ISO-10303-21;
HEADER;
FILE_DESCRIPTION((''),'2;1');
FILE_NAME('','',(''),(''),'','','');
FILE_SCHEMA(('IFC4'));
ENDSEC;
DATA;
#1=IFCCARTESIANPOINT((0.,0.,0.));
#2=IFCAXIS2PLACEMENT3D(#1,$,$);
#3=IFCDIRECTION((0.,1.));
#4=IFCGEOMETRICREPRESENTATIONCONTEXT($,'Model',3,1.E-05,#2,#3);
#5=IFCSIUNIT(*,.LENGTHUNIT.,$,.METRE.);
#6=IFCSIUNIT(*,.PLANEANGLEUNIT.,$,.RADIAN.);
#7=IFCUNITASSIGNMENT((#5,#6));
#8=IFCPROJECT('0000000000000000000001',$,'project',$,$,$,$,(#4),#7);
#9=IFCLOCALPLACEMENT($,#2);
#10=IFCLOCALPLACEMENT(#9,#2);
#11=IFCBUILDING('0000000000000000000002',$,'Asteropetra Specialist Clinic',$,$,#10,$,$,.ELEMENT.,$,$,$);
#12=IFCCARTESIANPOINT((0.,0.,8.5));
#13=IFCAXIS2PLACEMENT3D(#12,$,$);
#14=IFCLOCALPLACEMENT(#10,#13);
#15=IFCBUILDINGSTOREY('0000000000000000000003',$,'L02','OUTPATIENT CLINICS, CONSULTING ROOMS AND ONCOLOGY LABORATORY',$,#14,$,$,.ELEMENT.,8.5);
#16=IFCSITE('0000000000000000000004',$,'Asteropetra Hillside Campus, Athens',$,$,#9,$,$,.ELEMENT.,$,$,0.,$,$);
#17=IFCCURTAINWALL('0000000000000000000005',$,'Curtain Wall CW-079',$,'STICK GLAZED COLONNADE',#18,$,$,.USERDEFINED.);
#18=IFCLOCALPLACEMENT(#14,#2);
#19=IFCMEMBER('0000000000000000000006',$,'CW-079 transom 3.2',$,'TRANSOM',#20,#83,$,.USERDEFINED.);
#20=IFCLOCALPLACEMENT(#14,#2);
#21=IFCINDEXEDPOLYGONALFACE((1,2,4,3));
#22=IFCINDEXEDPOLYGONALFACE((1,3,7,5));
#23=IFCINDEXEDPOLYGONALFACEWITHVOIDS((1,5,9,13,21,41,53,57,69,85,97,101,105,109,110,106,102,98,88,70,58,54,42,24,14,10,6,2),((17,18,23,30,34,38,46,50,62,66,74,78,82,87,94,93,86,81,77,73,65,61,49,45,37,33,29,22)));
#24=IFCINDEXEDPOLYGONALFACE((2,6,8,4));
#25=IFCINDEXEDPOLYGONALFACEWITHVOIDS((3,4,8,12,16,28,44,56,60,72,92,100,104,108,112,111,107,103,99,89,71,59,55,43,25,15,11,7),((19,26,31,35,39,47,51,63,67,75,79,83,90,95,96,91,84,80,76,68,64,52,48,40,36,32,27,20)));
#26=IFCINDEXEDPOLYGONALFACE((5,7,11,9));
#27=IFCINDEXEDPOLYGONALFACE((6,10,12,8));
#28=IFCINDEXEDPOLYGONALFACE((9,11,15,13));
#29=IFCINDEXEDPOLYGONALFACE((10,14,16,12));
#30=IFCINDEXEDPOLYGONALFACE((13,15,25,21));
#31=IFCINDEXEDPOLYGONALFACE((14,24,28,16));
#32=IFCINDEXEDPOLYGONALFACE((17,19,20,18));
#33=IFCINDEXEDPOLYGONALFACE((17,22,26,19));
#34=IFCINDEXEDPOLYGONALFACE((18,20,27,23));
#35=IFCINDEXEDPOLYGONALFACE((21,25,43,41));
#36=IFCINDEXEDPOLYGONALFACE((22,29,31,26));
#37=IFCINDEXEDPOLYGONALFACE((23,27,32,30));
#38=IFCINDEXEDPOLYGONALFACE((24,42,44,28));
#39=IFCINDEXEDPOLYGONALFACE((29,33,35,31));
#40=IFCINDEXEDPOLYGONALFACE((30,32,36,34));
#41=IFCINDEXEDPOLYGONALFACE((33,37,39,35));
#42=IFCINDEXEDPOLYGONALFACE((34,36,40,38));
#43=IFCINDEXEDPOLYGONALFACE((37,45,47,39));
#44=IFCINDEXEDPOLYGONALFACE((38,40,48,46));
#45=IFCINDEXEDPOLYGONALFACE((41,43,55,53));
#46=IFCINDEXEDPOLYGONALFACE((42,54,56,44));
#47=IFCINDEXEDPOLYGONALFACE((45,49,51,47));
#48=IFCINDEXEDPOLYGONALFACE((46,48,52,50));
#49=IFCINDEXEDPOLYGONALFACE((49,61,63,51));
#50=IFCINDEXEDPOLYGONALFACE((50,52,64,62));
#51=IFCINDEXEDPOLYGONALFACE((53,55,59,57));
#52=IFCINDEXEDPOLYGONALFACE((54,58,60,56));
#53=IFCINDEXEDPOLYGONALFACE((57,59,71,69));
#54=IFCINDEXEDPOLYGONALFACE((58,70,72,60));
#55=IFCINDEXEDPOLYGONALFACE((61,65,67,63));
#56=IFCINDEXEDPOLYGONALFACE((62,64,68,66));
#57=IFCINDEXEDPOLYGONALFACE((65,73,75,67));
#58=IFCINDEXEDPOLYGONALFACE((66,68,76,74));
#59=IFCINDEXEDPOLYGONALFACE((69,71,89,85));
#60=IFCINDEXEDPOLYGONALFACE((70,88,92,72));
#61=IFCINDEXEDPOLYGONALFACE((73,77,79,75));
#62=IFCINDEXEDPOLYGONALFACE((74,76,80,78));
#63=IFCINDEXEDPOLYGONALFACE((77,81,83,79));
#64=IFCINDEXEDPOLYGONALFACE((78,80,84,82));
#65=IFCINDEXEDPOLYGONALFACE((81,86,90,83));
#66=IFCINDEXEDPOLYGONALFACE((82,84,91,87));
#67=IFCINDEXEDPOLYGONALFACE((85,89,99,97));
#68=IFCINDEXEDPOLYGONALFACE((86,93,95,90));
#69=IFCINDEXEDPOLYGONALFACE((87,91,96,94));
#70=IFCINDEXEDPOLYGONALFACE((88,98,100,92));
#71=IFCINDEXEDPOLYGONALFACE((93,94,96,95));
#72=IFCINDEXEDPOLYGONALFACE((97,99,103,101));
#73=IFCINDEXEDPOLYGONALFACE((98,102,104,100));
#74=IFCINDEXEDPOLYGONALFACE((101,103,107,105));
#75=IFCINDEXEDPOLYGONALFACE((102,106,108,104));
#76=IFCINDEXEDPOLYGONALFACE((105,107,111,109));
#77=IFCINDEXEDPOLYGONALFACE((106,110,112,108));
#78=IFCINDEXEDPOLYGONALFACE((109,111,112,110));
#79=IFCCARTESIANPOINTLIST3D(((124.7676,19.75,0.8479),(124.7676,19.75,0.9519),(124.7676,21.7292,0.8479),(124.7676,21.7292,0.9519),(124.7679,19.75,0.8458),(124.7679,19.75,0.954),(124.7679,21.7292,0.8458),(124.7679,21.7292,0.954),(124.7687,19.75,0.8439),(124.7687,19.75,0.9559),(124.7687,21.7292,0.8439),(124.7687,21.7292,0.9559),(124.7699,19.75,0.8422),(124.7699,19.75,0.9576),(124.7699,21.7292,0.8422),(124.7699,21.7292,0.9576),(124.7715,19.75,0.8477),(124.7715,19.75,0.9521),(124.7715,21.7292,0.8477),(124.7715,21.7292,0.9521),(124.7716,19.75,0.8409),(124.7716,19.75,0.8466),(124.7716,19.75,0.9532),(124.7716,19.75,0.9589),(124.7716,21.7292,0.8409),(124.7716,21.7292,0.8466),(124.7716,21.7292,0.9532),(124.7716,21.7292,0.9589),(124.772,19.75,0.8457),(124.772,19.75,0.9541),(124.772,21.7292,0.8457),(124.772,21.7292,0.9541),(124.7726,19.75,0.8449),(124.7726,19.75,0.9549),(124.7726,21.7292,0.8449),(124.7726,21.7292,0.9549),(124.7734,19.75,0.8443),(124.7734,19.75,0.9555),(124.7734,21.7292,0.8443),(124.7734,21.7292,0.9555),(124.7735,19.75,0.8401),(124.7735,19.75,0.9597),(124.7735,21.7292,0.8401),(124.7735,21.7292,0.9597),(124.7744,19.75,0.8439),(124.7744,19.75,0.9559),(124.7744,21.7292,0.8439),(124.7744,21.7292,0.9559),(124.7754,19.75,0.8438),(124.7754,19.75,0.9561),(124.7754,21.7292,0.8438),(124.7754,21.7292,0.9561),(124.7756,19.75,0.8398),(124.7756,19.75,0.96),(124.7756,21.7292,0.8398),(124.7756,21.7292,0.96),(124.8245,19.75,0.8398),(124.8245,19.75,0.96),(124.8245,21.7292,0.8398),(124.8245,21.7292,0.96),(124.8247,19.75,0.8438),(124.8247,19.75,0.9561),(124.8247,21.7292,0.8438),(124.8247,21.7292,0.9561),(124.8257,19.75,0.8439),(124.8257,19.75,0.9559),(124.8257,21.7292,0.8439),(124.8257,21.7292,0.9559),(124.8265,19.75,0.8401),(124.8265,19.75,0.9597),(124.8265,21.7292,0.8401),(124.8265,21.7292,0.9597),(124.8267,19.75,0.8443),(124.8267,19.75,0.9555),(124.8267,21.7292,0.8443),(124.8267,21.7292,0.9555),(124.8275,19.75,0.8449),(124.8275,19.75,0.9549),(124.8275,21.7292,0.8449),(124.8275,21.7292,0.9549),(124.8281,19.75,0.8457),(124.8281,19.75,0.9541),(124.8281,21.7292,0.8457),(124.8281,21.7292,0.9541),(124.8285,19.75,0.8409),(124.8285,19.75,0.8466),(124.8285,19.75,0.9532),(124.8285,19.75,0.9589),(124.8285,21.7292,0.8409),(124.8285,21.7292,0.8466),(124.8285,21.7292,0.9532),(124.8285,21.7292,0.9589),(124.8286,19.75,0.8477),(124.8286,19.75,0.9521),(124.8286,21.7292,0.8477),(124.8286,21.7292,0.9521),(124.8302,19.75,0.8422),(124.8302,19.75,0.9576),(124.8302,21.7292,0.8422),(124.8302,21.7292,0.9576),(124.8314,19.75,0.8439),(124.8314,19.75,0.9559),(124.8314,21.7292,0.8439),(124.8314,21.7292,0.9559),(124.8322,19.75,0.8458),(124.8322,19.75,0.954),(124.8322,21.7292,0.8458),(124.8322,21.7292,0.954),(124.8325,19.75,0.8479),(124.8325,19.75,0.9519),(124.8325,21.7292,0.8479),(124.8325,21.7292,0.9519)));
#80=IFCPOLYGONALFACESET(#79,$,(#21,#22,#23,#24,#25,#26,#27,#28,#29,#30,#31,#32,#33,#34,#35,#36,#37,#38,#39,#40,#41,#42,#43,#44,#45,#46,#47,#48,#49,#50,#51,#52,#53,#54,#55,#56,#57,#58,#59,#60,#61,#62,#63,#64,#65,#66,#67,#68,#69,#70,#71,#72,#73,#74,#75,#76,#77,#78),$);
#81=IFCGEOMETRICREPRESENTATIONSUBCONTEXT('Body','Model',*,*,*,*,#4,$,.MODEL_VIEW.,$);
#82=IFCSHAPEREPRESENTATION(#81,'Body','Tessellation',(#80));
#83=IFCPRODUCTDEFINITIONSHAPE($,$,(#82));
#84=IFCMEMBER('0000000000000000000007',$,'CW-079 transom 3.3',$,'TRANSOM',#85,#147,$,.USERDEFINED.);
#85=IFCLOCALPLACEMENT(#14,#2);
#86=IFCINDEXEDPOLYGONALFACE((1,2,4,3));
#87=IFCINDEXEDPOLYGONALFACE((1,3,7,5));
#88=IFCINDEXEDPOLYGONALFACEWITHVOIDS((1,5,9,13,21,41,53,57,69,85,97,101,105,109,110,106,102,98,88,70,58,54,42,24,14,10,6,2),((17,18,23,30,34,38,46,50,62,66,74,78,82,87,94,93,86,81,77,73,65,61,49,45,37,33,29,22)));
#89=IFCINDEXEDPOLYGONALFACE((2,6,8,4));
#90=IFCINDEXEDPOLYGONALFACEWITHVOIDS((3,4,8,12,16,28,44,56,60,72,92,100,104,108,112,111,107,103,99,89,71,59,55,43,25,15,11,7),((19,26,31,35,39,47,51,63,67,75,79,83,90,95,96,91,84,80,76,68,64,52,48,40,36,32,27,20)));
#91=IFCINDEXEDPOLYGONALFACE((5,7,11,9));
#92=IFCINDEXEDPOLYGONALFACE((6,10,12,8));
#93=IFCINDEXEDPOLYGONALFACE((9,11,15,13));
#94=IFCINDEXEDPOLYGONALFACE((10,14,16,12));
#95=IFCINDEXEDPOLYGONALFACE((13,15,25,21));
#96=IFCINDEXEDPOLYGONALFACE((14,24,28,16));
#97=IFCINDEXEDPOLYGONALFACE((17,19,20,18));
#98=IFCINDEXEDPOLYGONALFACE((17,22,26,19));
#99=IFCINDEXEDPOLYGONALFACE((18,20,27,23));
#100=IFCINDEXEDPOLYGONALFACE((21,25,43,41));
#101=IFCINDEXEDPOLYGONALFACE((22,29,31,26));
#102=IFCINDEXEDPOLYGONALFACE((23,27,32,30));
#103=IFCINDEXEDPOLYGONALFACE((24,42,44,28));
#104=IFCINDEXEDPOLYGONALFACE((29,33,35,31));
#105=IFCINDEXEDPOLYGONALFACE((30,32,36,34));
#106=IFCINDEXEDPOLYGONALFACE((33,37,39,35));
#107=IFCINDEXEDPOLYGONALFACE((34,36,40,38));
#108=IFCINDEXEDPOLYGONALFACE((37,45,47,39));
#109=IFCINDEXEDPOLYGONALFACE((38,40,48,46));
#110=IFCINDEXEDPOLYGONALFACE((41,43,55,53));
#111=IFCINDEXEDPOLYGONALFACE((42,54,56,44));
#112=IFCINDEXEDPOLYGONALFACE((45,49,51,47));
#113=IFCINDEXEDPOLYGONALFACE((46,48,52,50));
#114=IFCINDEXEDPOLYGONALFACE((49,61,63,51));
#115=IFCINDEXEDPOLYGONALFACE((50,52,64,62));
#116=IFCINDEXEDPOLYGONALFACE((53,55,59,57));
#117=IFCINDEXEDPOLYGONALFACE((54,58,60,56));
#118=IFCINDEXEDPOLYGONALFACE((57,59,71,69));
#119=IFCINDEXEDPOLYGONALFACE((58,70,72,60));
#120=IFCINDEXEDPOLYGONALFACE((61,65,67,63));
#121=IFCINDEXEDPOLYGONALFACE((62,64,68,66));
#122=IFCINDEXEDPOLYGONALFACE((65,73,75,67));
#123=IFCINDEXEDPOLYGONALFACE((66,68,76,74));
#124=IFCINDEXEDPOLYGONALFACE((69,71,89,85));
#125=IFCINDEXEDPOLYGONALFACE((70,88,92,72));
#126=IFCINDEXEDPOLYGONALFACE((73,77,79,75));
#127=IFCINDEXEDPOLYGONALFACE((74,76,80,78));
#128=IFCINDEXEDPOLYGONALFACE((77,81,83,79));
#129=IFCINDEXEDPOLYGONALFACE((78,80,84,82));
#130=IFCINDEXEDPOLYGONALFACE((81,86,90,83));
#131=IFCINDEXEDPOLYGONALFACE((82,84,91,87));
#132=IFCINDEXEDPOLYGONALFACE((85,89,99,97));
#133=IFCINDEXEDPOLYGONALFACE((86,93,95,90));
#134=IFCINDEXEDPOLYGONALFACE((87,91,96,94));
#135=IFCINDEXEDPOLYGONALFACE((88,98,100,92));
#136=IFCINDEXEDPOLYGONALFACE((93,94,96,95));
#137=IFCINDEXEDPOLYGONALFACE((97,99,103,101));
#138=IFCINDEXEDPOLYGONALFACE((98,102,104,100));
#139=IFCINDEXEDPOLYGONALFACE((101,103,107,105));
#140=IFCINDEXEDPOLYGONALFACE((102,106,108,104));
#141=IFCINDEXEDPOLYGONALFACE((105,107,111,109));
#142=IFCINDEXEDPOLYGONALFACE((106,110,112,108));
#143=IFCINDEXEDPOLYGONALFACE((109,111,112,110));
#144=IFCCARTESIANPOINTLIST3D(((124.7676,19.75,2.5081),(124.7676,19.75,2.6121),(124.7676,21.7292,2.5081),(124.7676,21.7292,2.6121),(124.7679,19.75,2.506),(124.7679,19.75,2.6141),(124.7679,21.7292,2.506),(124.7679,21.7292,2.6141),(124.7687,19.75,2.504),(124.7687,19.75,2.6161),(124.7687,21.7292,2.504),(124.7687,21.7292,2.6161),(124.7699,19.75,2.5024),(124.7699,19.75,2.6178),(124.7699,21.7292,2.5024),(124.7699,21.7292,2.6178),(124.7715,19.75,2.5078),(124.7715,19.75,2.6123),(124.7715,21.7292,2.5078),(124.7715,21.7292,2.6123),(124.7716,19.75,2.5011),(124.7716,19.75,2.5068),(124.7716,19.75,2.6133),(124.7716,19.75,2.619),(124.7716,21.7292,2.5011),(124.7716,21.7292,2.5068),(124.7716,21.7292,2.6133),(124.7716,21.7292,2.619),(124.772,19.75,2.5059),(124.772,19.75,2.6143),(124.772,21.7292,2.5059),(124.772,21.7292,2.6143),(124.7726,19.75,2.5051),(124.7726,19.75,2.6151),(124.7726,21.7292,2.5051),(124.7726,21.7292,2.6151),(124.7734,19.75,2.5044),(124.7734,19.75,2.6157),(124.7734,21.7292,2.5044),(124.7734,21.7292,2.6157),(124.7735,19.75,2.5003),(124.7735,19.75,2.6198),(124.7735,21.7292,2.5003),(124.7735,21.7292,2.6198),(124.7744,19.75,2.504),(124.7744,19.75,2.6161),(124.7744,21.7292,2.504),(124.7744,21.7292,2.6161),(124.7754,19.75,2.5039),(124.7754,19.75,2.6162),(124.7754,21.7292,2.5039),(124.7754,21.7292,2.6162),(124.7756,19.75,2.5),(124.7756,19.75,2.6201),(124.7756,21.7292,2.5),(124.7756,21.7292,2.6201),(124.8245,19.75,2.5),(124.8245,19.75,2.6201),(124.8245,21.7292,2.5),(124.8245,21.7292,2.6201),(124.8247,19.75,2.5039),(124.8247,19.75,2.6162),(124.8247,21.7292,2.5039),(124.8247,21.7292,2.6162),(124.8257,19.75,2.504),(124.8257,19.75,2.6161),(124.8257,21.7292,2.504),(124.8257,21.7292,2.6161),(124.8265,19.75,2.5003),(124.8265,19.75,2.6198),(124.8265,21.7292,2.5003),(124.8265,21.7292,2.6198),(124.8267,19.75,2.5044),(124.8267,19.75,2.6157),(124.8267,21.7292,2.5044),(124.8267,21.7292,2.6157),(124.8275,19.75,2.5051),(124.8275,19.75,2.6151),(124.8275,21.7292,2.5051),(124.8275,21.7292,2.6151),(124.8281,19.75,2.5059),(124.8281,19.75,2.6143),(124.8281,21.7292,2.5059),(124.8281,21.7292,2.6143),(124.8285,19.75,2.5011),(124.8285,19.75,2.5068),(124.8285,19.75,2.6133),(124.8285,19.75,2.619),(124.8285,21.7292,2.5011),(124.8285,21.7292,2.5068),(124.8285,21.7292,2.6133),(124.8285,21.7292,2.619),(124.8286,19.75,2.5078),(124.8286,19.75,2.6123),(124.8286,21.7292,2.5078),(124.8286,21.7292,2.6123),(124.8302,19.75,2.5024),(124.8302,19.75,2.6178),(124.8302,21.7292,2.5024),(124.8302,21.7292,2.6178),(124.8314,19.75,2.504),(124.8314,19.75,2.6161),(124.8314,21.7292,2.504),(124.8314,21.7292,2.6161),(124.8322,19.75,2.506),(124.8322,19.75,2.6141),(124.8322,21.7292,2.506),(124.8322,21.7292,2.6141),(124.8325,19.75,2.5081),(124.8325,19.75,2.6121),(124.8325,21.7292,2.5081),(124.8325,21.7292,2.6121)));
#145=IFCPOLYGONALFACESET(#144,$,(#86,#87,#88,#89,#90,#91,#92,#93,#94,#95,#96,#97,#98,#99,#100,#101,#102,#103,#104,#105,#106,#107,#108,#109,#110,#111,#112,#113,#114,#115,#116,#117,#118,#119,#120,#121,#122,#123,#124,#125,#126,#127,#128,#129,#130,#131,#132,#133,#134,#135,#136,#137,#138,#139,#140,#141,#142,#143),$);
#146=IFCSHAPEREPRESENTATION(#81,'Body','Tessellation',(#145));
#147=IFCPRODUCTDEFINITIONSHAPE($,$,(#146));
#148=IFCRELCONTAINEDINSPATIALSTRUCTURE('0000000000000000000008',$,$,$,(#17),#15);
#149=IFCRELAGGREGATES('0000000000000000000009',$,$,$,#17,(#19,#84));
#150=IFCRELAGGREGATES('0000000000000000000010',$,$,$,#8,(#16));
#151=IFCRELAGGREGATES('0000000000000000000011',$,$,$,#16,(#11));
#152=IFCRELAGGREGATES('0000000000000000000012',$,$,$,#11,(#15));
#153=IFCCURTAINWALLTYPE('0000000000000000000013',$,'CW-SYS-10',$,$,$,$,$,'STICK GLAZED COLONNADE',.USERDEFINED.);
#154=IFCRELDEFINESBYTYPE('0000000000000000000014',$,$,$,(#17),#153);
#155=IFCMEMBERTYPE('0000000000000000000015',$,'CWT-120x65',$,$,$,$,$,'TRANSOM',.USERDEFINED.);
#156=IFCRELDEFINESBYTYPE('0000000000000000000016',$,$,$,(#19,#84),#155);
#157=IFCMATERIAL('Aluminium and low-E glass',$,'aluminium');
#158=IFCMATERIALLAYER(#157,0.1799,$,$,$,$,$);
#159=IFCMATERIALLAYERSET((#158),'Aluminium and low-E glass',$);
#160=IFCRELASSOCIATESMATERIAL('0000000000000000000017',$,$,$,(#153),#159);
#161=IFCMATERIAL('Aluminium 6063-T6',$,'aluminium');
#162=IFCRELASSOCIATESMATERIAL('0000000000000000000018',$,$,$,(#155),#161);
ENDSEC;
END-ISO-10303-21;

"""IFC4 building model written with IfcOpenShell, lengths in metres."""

from ifc_helpers import new_model, si_unit, direction, frame, origin, origin_2d, place, context, subcontext, project, spatial, hollow_rectangle, extrude, material, layer, layer_set, material_profile, profile_set, type_object, element, aggregate, save


model = new_model("IFC4")

# Units and contexts
model_context = context("Model", 3, precision=1e-05, world=origin(), true_north=direction((0.0, 1.0)))
body_context = subcontext(model_context, "Body", "Model", "MODEL_VIEW")
ifc_project = project(units=[si_unit("LENGTHUNIT", "METRE"), si_unit("PLANEANGLEUNIT", "RADIAN")], contexts=[model_context])

# Site, building, storey
site_placement = place(None, origin())
site = spatial("IfcSite", under=ifc_project, at=site_placement, Name="Asteropetra Hillside Campus, Athens", CompositionType="ELEMENT", RefElevation=0.0)
building_placement = place(site_placement, origin())
building = spatial("IfcBuilding", under=site, at=building_placement, Name="Asteropetra Specialist Clinic", CompositionType="ELEMENT")
storey_placement = place(building_placement, frame((0.0, 0.0, 8.5)))
storey = spatial("IfcBuildingStorey", under=building, at=storey_placement, Name="L02", Description="OUTPATIENT CLINICS, CONSULTING ROOMS AND ONCOLOGY LABORATORY", CompositionType="ELEMENT", Elevation=8.5)

# Curtain wall
ifc_material_1 = material(Name="Aluminium and low-E glass", Category="aluminium")
ifc_layer_1 = layer(ifc_material_1, 0.1799)
ifc_layer_set_1 = layer_set([ifc_layer_1], Name="Aluminium and low-E glass")
curtain_wall_type_1 = type_object("IfcCurtainWallType", Name="CW-SYS-10", ElementType="STICK GLAZED COLONNADE", PredefinedType="USERDEFINED", material=ifc_layer_set_1)
curtain_wall_1_placement = place(storey_placement, origin())
curtain_wall_1 = element("IfcCurtainWall", 1, at=curtain_wall_1_placement, inside=storey, type_object=curtain_wall_type_1, Name="Curtain Wall CW-079", ObjectType="STICK GLAZED COLONNADE", PredefinedType="USERDEFINED")

# Members
ifc_material_2 = material(Name="Aluminium 6063-T6", Category="aluminium")
ifc_material_profile_1 = material_profile(ifc_material_2, hollow_rectangle(XDim=0.0649, YDim=0.1201, WallThickness=0.0039, InnerFilletRadius=0.0039, OuterFilletRadius=0.0081, at=origin_2d()), Name="TRN 120x65x4.0")
ifc_profile_set_1 = profile_set([ifc_material_profile_1], Name="Aluminium 6063-T6")
member_type_1 = type_object("IfcMemberType", Name="CWT-120x65", ElementType="TRANSOM", PredefinedType="USERDEFINED", material=ifc_profile_set_1)
member_1_placement = place(storey_placement, frame((124.8, 21.7292, 0.8999), z_axis=(0.0, -1.0, 0.0), x_axis=(1.0, 0.0, 0.0)))
member_1 = element("IfcMember", 2, at=member_1_placement, type_object=member_type_1, Name="CW-079 transom 3.2", ObjectType="TRANSOM", PredefinedType="USERDEFINED", context=body_context, shape_type="SweptSolid", body=[
    extrude(hollow_rectangle(XDim=0.0649, YDim=0.1201, WallThickness=0.0039, InnerFilletRadius=0.0039, OuterFilletRadius=0.0081, at=origin_2d()), origin(), (0.0, 0.0, 1.0), 1.9792),
])
member_2_placement = place(storey_placement, frame((124.8, 21.7292, 2.5601), z_axis=(0.0, -1.0, 0.0), x_axis=(1.0, 0.0, 0.0)))
member_2 = element("IfcMember", 3, at=member_2_placement, type_object=member_type_1, Name="CW-079 transom 3.3", ObjectType="TRANSOM", PredefinedType="USERDEFINED", context=body_context, shape_type="SweptSolid", body=[
    extrude(hollow_rectangle(XDim=0.0649, YDim=0.1201, WallThickness=0.0039, InnerFilletRadius=0.0039, OuterFilletRadius=0.0081, at=origin_2d()), origin(), (0.0, 0.0, 1.0), 1.9792),
])

aggregate(curtain_wall_1, [member_1, member_2])

save(model, "model.ifc")
